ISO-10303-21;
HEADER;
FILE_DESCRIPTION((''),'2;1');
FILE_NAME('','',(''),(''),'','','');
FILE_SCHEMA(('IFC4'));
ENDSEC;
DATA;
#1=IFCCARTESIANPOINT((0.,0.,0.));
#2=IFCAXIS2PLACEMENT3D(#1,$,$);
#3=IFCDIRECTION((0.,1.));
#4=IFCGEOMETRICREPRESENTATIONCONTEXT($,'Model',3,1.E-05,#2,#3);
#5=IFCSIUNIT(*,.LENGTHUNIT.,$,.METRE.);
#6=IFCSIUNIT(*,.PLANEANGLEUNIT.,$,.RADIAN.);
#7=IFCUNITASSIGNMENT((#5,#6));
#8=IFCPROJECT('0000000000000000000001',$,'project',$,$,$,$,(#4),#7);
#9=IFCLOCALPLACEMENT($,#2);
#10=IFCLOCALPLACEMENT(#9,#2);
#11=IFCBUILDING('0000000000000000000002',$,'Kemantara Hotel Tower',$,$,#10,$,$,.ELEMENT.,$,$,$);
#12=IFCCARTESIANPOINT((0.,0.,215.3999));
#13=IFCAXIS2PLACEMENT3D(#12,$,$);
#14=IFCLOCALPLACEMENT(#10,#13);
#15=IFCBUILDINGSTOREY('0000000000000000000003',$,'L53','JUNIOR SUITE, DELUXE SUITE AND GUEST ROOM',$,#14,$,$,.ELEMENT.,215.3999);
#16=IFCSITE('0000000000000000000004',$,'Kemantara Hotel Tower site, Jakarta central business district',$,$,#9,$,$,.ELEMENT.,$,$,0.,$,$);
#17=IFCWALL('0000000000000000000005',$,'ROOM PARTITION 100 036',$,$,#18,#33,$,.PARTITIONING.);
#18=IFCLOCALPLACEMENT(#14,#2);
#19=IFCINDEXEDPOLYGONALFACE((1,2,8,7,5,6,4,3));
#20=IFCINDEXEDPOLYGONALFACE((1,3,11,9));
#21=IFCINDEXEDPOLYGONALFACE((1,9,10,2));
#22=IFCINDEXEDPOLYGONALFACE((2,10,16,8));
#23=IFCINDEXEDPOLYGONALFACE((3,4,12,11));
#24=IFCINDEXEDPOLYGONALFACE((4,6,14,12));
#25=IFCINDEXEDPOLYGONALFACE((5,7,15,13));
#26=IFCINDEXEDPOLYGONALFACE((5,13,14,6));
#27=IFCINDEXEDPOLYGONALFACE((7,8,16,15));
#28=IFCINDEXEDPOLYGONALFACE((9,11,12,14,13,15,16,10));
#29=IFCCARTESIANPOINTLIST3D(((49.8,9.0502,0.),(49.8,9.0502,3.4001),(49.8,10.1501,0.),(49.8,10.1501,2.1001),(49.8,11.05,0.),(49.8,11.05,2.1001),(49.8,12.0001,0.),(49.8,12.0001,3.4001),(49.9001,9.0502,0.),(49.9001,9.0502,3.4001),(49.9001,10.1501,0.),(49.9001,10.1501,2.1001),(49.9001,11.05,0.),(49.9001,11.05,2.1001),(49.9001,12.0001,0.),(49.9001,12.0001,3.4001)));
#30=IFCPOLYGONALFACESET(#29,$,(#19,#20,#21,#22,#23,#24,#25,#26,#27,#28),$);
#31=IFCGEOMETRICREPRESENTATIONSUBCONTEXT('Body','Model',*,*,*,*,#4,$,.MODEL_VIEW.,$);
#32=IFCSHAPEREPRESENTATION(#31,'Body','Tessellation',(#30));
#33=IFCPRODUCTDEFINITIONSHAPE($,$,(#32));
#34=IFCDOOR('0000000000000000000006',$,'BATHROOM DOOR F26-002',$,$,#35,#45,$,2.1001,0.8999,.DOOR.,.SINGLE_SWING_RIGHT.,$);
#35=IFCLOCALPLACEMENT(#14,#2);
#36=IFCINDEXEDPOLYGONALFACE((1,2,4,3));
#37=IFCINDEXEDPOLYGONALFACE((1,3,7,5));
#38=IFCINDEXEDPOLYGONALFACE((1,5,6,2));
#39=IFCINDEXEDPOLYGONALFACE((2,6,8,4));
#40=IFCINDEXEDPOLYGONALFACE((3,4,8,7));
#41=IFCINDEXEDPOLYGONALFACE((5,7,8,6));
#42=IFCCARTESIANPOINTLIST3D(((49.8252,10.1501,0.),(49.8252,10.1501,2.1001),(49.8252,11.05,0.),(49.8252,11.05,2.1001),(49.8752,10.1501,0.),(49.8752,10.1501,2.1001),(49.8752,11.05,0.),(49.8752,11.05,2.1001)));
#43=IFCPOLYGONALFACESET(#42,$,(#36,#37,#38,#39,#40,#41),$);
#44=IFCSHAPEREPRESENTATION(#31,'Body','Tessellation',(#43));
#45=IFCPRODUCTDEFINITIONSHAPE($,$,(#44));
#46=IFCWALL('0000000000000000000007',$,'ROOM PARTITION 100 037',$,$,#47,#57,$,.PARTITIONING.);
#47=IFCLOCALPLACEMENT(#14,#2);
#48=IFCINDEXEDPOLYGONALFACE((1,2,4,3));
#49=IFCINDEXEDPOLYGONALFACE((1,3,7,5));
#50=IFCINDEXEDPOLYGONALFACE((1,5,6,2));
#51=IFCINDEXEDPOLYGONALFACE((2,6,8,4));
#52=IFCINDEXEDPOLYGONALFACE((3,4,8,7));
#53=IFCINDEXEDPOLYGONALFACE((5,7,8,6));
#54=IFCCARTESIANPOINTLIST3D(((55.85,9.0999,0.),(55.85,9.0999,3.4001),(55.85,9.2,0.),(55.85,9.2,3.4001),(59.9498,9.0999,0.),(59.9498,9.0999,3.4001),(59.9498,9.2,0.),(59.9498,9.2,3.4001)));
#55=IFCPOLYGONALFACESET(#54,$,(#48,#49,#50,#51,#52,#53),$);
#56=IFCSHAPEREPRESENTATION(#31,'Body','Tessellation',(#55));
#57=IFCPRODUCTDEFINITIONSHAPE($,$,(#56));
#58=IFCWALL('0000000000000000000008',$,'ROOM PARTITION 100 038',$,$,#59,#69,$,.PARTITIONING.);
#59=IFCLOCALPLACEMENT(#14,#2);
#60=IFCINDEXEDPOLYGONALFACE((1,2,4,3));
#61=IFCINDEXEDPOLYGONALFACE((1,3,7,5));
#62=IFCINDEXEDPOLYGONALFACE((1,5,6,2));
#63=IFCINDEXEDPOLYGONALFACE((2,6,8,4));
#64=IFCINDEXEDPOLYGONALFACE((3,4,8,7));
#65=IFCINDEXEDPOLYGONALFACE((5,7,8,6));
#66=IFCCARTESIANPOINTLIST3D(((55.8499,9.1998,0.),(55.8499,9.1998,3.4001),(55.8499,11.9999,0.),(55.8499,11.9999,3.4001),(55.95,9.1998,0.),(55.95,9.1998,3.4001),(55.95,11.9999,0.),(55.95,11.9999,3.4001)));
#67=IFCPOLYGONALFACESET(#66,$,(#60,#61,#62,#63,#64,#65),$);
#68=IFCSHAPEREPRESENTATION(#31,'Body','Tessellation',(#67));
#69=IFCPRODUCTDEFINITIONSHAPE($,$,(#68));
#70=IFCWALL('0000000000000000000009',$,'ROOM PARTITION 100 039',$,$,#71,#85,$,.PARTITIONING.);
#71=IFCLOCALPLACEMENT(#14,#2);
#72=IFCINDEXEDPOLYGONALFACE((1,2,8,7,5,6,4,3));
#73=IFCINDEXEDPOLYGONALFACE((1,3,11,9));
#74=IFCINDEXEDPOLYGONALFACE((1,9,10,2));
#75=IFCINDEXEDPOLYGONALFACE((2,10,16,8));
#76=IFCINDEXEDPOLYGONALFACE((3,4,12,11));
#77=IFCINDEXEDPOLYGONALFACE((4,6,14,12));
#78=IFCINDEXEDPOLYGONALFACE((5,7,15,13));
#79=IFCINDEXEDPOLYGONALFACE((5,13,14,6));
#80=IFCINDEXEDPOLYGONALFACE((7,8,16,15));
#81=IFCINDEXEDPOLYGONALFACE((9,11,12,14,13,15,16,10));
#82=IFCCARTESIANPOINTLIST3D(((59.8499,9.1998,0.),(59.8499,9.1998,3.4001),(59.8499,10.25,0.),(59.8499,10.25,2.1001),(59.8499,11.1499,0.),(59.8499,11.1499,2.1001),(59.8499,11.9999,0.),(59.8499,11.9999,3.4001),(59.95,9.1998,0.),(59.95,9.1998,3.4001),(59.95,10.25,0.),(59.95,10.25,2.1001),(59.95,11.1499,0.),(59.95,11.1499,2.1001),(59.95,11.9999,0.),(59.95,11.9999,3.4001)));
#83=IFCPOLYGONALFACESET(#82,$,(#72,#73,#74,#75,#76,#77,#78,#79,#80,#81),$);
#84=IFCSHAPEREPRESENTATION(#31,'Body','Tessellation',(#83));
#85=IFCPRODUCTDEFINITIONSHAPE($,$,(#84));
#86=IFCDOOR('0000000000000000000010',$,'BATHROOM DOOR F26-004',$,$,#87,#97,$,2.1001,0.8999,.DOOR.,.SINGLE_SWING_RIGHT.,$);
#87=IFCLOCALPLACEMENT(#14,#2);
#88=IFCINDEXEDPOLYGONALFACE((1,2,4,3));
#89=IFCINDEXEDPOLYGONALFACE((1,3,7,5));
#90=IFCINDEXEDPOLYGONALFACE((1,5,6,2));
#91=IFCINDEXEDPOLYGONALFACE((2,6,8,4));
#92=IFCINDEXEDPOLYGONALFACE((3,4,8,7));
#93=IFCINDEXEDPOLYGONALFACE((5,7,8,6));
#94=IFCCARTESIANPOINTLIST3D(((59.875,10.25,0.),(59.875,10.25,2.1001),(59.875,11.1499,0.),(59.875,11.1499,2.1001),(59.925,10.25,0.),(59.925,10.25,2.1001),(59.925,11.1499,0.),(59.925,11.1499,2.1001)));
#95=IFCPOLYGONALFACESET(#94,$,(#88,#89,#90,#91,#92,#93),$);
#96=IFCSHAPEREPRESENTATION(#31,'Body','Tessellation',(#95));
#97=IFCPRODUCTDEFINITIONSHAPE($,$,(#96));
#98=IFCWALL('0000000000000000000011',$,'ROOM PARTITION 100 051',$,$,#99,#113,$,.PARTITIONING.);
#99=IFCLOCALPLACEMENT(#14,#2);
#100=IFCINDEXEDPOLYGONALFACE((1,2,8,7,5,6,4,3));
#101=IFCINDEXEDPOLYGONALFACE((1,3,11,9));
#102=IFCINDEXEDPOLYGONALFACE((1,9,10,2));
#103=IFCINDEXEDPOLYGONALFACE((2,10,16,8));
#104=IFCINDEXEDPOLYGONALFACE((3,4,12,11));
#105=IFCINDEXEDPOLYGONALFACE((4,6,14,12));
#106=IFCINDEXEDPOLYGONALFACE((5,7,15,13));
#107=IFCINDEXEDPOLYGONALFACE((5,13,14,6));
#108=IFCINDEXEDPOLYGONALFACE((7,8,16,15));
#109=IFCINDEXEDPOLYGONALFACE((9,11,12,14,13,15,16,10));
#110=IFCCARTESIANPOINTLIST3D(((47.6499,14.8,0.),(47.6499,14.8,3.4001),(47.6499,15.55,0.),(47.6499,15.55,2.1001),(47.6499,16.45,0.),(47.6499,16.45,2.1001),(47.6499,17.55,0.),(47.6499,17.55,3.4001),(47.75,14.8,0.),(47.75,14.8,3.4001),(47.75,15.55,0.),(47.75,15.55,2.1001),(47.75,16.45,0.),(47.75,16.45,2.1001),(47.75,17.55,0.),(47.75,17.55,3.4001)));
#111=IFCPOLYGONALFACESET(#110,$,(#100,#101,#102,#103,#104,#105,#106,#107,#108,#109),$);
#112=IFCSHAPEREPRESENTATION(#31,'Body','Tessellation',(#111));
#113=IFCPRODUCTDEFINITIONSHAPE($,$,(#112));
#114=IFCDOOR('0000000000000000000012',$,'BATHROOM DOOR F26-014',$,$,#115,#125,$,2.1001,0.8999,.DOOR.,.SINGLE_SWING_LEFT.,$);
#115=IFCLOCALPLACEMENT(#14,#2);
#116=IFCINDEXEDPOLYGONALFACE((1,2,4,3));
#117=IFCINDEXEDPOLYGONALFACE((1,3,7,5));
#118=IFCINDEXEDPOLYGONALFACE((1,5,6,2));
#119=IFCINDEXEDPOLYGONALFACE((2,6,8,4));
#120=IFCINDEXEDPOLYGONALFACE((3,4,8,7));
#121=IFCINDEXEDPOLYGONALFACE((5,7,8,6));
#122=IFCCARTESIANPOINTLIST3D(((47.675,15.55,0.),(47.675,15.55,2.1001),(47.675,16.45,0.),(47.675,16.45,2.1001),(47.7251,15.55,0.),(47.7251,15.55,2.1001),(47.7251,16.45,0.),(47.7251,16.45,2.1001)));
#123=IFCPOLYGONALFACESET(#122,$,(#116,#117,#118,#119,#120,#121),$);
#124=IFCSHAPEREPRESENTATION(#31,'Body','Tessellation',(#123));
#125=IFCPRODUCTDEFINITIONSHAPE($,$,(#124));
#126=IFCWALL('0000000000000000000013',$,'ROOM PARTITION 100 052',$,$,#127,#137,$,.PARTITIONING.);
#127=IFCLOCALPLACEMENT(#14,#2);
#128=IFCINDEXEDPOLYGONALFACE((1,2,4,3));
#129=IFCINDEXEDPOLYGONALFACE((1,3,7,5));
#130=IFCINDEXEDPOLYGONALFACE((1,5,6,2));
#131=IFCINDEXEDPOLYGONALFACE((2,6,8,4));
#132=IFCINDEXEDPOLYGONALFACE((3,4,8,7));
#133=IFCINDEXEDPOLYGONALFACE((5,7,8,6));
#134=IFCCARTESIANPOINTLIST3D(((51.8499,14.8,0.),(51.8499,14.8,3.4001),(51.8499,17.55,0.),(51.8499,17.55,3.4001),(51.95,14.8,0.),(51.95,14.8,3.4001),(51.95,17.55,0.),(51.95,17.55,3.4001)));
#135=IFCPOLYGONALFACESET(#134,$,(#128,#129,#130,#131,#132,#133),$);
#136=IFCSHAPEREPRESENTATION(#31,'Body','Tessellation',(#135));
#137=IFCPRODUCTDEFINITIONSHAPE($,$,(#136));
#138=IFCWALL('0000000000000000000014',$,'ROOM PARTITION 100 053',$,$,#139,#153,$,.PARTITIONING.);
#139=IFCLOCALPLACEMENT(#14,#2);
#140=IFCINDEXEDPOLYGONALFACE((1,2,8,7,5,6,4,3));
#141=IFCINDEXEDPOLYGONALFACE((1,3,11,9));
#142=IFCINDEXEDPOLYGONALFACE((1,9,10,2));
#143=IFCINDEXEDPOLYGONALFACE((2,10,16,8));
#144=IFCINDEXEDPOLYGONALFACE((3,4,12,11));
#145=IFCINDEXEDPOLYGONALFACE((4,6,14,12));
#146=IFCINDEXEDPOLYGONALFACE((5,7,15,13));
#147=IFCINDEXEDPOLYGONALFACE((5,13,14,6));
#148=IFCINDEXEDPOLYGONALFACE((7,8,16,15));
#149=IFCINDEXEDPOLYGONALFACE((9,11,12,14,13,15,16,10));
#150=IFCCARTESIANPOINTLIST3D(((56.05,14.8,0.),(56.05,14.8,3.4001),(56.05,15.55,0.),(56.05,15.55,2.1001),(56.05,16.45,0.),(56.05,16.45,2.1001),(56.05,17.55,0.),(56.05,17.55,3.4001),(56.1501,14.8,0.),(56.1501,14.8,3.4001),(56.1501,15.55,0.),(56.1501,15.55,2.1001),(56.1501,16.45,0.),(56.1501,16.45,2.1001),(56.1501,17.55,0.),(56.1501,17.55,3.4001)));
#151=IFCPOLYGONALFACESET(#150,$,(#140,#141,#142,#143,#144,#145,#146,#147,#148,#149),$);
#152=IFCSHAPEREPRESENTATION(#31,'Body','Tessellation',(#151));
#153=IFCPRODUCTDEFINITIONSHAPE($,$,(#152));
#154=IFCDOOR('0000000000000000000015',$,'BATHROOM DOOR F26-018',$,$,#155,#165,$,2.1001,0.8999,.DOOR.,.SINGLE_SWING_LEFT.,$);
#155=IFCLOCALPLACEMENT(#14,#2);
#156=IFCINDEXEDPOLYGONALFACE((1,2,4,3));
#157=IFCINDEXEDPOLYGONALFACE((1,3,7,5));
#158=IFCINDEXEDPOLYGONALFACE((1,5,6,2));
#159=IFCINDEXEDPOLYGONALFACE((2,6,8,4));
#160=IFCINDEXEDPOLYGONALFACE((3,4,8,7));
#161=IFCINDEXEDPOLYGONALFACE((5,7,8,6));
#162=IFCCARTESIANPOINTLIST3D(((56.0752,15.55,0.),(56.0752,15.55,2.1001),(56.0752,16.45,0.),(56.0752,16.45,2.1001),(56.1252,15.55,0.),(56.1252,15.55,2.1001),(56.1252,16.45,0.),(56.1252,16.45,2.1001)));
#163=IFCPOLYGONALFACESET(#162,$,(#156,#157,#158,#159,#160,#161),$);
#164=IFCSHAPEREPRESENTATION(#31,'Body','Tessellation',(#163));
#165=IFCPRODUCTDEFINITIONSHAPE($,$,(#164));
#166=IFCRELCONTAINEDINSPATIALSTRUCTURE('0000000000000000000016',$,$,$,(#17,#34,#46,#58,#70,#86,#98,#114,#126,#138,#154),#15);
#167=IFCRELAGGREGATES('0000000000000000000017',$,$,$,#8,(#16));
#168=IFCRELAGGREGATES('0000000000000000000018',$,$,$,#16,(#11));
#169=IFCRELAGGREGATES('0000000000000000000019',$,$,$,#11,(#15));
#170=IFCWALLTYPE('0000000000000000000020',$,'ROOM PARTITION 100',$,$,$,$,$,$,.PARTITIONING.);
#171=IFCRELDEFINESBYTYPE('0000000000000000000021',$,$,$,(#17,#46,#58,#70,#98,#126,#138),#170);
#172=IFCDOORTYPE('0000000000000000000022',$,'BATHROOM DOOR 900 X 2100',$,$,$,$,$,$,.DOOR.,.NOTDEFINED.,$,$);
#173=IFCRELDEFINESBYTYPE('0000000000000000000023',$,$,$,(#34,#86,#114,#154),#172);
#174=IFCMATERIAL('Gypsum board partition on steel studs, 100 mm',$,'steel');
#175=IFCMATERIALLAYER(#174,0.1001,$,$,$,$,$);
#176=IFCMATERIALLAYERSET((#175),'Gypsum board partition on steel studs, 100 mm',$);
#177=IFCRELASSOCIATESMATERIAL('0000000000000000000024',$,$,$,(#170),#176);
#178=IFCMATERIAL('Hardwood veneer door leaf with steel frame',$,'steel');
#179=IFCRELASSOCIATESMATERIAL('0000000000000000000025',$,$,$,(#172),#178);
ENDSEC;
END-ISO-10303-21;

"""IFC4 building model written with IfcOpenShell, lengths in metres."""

from ifc_helpers import new_model, si_unit, direction, frame, frame_2d, origin, place, context, subcontext, project, spatial, rectangle, extrude, material, layer, layer_set, type_object, element, fill, save


model = new_model("IFC4")

# Units and contexts
model_context = context("Model", 3, precision=1e-05, world=origin(), true_north=direction((0.0, 1.0)))
body_context = subcontext(model_context, "Body", "Model", "MODEL_VIEW")
ifc_project = project(units=[si_unit("LENGTHUNIT", "METRE"), si_unit("PLANEANGLEUNIT", "RADIAN")], contexts=[model_context])

# Site, building, storey
site_placement = place(None, origin())
site = spatial("IfcSite", under=ifc_project, at=site_placement, Name="Kemantara Hotel Tower site, Jakarta central business district", CompositionType="ELEMENT", RefElevation=0.0)
building_placement = place(site_placement, origin())
building = spatial("IfcBuilding", under=site, at=building_placement, Name="Kemantara Hotel Tower", CompositionType="ELEMENT")
storey_placement = place(building_placement, frame((0.0, 0.0, 215.3999)))
storey = spatial("IfcBuildingStorey", under=building, at=storey_placement, Name="L53", Description="JUNIOR SUITE, DELUXE SUITE AND GUEST ROOM", CompositionType="ELEMENT", Elevation=215.3999)

# Shared definitions
ifc_material_1 = material(Name="Hardwood veneer door leaf with steel frame", Category="steel")

# Shared definitions
ifc_material_2 = material(Name="Gypsum board partition on steel studs, 100 mm", Category="steel")
ifc_layer_1 = layer(ifc_material_2, 0.1001)
ifc_layer_set_1 = layer_set([ifc_layer_1], Name="Gypsum board partition on steel studs, 100 mm")
wall_type_1 = type_object("IfcWallType", Name="ROOM PARTITION 100", PredefinedType="PARTITIONING", material=ifc_layer_set_1)

# Wall, opening, door
wall_1_placement = place(storey_placement, frame((49.8501, 9.05, 0.0), z_axis=(0.0, 0.0, 1.0), x_axis=(0.0, 1.0, 0.0)))
wall_1 = element("IfcWall", 1, at=wall_1_placement, inside=storey, type_object=wall_type_1, Name="ROOM PARTITION 100 036", PredefinedType="PARTITIONING", context=body_context, shape_type="SweptSolid", body=[
    extrude(rectangle(XDim=2.95, YDim=0.1001, at=frame_2d((1.4751, 0.0))), origin(), (0.0, 0.0, 1.0), 3.4001),
])
opening_1_placement = place(wall_1_placement, frame((1.1001, 0.0, 0.0)))
opening_1 = element("IfcOpeningElement", 2, at=opening_1_placement, cuts=wall_1, PredefinedType="OPENING", context=body_context, shape_type="SweptSolid", body=[
    extrude(rectangle(XDim=0.8999, YDim=2.1001, at=frame_2d((0.45, 1.05))), frame((0.0, 0.0601, 0.0), z_axis=(0.0, -1.0, 0.0), x_axis=(1.0, 0.0, 0.0)), (0.0, 0.0, 1.0), 0.1201),
])
door_type_1 = type_object("IfcDoorType", Name="BATHROOM DOOR 900 X 2100", OperationType="NOTDEFINED", PredefinedType="DOOR", material=ifc_material_1)
door_1_placement = place(opening_1_placement, origin())
door_1 = element("IfcDoor", 3, at=door_1_placement, inside=storey, type_object=door_type_1, Name="BATHROOM DOOR F26-002", OperationType="SINGLE_SWING_RIGHT", OverallHeight=2.1001, OverallWidth=0.8999, PredefinedType="DOOR", context=body_context, shape_type="SweptSolid", body=[
    extrude(rectangle(XDim=0.8999, YDim=2.1001, at=frame_2d((0.45, 1.05))), frame((0.0, 0.0249, 0.0), z_axis=(0.0, -1.0, 0.0), x_axis=(1.0, 0.0, 0.0)), (0.0, 0.0, 1.0), 0.05),
])
fill(opening_1, door_1)

# Walls
wall_2_placement = place(storey_placement, frame((55.8501, 9.1499, 0.0), z_axis=(0.0, 0.0, 1.0), x_axis=(1.0, 0.0, 0.0)))
element("IfcWall", 4, at=wall_2_placement, inside=storey, type_object=wall_type_1, Name="ROOM PARTITION 100 037", PredefinedType="PARTITIONING", context=body_context, shape_type="SweptSolid", body=[
    extrude(rectangle(XDim=4.0999, YDim=0.1001, at=frame_2d((2.0498, 0.0))), origin(), (0.0, 0.0, 1.0), 3.4001),
])
wall_3_placement = place(storey_placement, frame((55.8999, 9.2, 0.0), z_axis=(0.0, 0.0, 1.0), x_axis=(0.0, 1.0, 0.0)))
element("IfcWall", 5, at=wall_3_placement, inside=storey, type_object=wall_type_1, Name="ROOM PARTITION 100 038", PredefinedType="PARTITIONING", context=body_context, shape_type="SweptSolid", body=[
    extrude(rectangle(XDim=2.8, YDim=0.1001, at=frame_2d((1.3999, 0.0))), origin(), (0.0, 0.0, 1.0), 3.4001),
])

# Walls, openings, doors
wall_4_placement = place(storey_placement, frame((59.8999, 9.2, 0.0), z_axis=(0.0, 0.0, 1.0), x_axis=(0.0, 1.0, 0.0)))
wall_4 = element("IfcWall", 6, at=wall_4_placement, inside=storey, type_object=wall_type_1, Name="ROOM PARTITION 100 039", PredefinedType="PARTITIONING", context=body_context, shape_type="SweptSolid", body=[
    extrude(rectangle(XDim=2.8, YDim=0.1001, at=frame_2d((1.3999, 0.0))), origin(), (0.0, 0.0, 1.0), 3.4001),
])
opening_2_placement = place(wall_4_placement, frame((1.05, 0.0, 0.0)))
opening_2 = element("IfcOpeningElement", 7, at=opening_2_placement, cuts=wall_4, PredefinedType="OPENING", context=body_context, shape_type="SweptSolid", body=[
    extrude(rectangle(XDim=0.8999, YDim=2.1001, at=frame_2d((0.45, 1.05))), frame((0.0, 0.0601, 0.0), z_axis=(0.0, -1.0, 0.0), x_axis=(1.0, 0.0, 0.0)), (0.0, 0.0, 1.0), 0.1201),
])
door_2_placement = place(opening_2_placement, origin())
door_2 = element("IfcDoor", 8, at=door_2_placement, inside=storey, type_object=door_type_1, Name="BATHROOM DOOR F26-004", OperationType="SINGLE_SWING_RIGHT", OverallHeight=2.1001, OverallWidth=0.8999, PredefinedType="DOOR", context=body_context, shape_type="SweptSolid", body=[
    extrude(rectangle(XDim=0.8999, YDim=2.1001, at=frame_2d((0.45, 1.05))), frame((0.0, 0.0249, 0.0), z_axis=(0.0, -1.0, 0.0), x_axis=(1.0, 0.0, 0.0)), (0.0, 0.0, 1.0), 0.05),
])
fill(opening_2, door_2)
wall_5_placement = place(storey_placement, frame((47.7, 14.8, 0.0), z_axis=(0.0, 0.0, 1.0), x_axis=(0.0, 1.0, 0.0)))
wall_5 = element("IfcWall", 9, at=wall_5_placement, inside=storey, type_object=wall_type_1, Name="ROOM PARTITION 100 051", PredefinedType="PARTITIONING", context=body_context, shape_type="SweptSolid", body=[
    extrude(rectangle(XDim=2.75, YDim=0.1001, at=frame_2d((1.375, 0.0))), origin(), (0.0, 0.0, 1.0), 3.4001),
])
opening_3_placement = place(wall_5_placement, frame((0.75, 0.0, 0.0)))
opening_3 = element("IfcOpeningElement", 10, at=opening_3_placement, cuts=wall_5, PredefinedType="OPENING", context=body_context, shape_type="SweptSolid", body=[
    extrude(rectangle(XDim=0.8999, YDim=2.1001, at=frame_2d((0.45, 1.05))), frame((0.0, 0.0601, 0.0), z_axis=(0.0, -1.0, 0.0), x_axis=(1.0, 0.0, 0.0)), (0.0, 0.0, 1.0), 0.1201),
])
door_3_placement = place(opening_3_placement, origin())
door_3 = element("IfcDoor", 11, at=door_3_placement, inside=storey, type_object=door_type_1, Name="BATHROOM DOOR F26-014", OperationType="SINGLE_SWING_LEFT", OverallHeight=2.1001, OverallWidth=0.8999, PredefinedType="DOOR", context=body_context, shape_type="SweptSolid", body=[
    extrude(rectangle(XDim=0.8999, YDim=2.1001, at=frame_2d((0.45, 1.05))), frame((0.0, 0.0249, 0.0), z_axis=(0.0, -1.0, 0.0), x_axis=(1.0, 0.0, 0.0)), (0.0, 0.0, 1.0), 0.05),
])
fill(opening_3, door_3)

# Wall
wall_6_placement = place(storey_placement, frame((51.8999, 14.8, 0.0), z_axis=(0.0, 0.0, 1.0), x_axis=(0.0, 1.0, 0.0)))
element("IfcWall", 12, at=wall_6_placement, inside=storey, type_object=wall_type_1, Name="ROOM PARTITION 100 052", PredefinedType="PARTITIONING", context=body_context, shape_type="SweptSolid", body=[
    extrude(rectangle(XDim=2.75, YDim=0.1001, at=frame_2d((1.375, 0.0))), origin(), (0.0, 0.0, 1.0), 3.4001),
])

# Wall, opening, door
wall_7_placement = place(storey_placement, frame((56.1001, 14.8, 0.0), z_axis=(0.0, 0.0, 1.0), x_axis=(0.0, 1.0, 0.0)))
wall_7 = element("IfcWall", 13, at=wall_7_placement, inside=storey, type_object=wall_type_1, Name="ROOM PARTITION 100 053", PredefinedType="PARTITIONING", context=body_context, shape_type="SweptSolid", body=[
    extrude(rectangle(XDim=2.75, YDim=0.1001, at=frame_2d((1.375, 0.0))), origin(), (0.0, 0.0, 1.0), 3.4001),
])
opening_4_placement = place(wall_7_placement, frame((0.75, 0.0, 0.0)))
opening_4 = element("IfcOpeningElement", 14, at=opening_4_placement, cuts=wall_7, PredefinedType="OPENING", context=body_context, shape_type="SweptSolid", body=[
    extrude(rectangle(XDim=0.8999, YDim=2.1001, at=frame_2d((0.45, 1.05))), frame((0.0, 0.0601, 0.0), z_axis=(0.0, -1.0, 0.0), x_axis=(1.0, 0.0, 0.0)), (0.0, 0.0, 1.0), 0.1201),
])
door_4_placement = place(opening_4_placement, origin())
door_4 = element("IfcDoor", 15, at=door_4_placement, inside=storey, type_object=door_type_1, Name="BATHROOM DOOR F26-018", OperationType="SINGLE_SWING_LEFT", OverallHeight=2.1001, OverallWidth=0.8999, PredefinedType="DOOR", context=body_context, shape_type="SweptSolid", body=[
    extrude(rectangle(XDim=0.8999, YDim=2.1001, at=frame_2d((0.45, 1.05))), frame((0.0, 0.0249, 0.0), z_axis=(0.0, -1.0, 0.0), x_axis=(1.0, 0.0, 0.0)), (0.0, 0.0, 1.0), 0.05),
])
fill(opening_4, door_4)

save(model, "model.ifc")
